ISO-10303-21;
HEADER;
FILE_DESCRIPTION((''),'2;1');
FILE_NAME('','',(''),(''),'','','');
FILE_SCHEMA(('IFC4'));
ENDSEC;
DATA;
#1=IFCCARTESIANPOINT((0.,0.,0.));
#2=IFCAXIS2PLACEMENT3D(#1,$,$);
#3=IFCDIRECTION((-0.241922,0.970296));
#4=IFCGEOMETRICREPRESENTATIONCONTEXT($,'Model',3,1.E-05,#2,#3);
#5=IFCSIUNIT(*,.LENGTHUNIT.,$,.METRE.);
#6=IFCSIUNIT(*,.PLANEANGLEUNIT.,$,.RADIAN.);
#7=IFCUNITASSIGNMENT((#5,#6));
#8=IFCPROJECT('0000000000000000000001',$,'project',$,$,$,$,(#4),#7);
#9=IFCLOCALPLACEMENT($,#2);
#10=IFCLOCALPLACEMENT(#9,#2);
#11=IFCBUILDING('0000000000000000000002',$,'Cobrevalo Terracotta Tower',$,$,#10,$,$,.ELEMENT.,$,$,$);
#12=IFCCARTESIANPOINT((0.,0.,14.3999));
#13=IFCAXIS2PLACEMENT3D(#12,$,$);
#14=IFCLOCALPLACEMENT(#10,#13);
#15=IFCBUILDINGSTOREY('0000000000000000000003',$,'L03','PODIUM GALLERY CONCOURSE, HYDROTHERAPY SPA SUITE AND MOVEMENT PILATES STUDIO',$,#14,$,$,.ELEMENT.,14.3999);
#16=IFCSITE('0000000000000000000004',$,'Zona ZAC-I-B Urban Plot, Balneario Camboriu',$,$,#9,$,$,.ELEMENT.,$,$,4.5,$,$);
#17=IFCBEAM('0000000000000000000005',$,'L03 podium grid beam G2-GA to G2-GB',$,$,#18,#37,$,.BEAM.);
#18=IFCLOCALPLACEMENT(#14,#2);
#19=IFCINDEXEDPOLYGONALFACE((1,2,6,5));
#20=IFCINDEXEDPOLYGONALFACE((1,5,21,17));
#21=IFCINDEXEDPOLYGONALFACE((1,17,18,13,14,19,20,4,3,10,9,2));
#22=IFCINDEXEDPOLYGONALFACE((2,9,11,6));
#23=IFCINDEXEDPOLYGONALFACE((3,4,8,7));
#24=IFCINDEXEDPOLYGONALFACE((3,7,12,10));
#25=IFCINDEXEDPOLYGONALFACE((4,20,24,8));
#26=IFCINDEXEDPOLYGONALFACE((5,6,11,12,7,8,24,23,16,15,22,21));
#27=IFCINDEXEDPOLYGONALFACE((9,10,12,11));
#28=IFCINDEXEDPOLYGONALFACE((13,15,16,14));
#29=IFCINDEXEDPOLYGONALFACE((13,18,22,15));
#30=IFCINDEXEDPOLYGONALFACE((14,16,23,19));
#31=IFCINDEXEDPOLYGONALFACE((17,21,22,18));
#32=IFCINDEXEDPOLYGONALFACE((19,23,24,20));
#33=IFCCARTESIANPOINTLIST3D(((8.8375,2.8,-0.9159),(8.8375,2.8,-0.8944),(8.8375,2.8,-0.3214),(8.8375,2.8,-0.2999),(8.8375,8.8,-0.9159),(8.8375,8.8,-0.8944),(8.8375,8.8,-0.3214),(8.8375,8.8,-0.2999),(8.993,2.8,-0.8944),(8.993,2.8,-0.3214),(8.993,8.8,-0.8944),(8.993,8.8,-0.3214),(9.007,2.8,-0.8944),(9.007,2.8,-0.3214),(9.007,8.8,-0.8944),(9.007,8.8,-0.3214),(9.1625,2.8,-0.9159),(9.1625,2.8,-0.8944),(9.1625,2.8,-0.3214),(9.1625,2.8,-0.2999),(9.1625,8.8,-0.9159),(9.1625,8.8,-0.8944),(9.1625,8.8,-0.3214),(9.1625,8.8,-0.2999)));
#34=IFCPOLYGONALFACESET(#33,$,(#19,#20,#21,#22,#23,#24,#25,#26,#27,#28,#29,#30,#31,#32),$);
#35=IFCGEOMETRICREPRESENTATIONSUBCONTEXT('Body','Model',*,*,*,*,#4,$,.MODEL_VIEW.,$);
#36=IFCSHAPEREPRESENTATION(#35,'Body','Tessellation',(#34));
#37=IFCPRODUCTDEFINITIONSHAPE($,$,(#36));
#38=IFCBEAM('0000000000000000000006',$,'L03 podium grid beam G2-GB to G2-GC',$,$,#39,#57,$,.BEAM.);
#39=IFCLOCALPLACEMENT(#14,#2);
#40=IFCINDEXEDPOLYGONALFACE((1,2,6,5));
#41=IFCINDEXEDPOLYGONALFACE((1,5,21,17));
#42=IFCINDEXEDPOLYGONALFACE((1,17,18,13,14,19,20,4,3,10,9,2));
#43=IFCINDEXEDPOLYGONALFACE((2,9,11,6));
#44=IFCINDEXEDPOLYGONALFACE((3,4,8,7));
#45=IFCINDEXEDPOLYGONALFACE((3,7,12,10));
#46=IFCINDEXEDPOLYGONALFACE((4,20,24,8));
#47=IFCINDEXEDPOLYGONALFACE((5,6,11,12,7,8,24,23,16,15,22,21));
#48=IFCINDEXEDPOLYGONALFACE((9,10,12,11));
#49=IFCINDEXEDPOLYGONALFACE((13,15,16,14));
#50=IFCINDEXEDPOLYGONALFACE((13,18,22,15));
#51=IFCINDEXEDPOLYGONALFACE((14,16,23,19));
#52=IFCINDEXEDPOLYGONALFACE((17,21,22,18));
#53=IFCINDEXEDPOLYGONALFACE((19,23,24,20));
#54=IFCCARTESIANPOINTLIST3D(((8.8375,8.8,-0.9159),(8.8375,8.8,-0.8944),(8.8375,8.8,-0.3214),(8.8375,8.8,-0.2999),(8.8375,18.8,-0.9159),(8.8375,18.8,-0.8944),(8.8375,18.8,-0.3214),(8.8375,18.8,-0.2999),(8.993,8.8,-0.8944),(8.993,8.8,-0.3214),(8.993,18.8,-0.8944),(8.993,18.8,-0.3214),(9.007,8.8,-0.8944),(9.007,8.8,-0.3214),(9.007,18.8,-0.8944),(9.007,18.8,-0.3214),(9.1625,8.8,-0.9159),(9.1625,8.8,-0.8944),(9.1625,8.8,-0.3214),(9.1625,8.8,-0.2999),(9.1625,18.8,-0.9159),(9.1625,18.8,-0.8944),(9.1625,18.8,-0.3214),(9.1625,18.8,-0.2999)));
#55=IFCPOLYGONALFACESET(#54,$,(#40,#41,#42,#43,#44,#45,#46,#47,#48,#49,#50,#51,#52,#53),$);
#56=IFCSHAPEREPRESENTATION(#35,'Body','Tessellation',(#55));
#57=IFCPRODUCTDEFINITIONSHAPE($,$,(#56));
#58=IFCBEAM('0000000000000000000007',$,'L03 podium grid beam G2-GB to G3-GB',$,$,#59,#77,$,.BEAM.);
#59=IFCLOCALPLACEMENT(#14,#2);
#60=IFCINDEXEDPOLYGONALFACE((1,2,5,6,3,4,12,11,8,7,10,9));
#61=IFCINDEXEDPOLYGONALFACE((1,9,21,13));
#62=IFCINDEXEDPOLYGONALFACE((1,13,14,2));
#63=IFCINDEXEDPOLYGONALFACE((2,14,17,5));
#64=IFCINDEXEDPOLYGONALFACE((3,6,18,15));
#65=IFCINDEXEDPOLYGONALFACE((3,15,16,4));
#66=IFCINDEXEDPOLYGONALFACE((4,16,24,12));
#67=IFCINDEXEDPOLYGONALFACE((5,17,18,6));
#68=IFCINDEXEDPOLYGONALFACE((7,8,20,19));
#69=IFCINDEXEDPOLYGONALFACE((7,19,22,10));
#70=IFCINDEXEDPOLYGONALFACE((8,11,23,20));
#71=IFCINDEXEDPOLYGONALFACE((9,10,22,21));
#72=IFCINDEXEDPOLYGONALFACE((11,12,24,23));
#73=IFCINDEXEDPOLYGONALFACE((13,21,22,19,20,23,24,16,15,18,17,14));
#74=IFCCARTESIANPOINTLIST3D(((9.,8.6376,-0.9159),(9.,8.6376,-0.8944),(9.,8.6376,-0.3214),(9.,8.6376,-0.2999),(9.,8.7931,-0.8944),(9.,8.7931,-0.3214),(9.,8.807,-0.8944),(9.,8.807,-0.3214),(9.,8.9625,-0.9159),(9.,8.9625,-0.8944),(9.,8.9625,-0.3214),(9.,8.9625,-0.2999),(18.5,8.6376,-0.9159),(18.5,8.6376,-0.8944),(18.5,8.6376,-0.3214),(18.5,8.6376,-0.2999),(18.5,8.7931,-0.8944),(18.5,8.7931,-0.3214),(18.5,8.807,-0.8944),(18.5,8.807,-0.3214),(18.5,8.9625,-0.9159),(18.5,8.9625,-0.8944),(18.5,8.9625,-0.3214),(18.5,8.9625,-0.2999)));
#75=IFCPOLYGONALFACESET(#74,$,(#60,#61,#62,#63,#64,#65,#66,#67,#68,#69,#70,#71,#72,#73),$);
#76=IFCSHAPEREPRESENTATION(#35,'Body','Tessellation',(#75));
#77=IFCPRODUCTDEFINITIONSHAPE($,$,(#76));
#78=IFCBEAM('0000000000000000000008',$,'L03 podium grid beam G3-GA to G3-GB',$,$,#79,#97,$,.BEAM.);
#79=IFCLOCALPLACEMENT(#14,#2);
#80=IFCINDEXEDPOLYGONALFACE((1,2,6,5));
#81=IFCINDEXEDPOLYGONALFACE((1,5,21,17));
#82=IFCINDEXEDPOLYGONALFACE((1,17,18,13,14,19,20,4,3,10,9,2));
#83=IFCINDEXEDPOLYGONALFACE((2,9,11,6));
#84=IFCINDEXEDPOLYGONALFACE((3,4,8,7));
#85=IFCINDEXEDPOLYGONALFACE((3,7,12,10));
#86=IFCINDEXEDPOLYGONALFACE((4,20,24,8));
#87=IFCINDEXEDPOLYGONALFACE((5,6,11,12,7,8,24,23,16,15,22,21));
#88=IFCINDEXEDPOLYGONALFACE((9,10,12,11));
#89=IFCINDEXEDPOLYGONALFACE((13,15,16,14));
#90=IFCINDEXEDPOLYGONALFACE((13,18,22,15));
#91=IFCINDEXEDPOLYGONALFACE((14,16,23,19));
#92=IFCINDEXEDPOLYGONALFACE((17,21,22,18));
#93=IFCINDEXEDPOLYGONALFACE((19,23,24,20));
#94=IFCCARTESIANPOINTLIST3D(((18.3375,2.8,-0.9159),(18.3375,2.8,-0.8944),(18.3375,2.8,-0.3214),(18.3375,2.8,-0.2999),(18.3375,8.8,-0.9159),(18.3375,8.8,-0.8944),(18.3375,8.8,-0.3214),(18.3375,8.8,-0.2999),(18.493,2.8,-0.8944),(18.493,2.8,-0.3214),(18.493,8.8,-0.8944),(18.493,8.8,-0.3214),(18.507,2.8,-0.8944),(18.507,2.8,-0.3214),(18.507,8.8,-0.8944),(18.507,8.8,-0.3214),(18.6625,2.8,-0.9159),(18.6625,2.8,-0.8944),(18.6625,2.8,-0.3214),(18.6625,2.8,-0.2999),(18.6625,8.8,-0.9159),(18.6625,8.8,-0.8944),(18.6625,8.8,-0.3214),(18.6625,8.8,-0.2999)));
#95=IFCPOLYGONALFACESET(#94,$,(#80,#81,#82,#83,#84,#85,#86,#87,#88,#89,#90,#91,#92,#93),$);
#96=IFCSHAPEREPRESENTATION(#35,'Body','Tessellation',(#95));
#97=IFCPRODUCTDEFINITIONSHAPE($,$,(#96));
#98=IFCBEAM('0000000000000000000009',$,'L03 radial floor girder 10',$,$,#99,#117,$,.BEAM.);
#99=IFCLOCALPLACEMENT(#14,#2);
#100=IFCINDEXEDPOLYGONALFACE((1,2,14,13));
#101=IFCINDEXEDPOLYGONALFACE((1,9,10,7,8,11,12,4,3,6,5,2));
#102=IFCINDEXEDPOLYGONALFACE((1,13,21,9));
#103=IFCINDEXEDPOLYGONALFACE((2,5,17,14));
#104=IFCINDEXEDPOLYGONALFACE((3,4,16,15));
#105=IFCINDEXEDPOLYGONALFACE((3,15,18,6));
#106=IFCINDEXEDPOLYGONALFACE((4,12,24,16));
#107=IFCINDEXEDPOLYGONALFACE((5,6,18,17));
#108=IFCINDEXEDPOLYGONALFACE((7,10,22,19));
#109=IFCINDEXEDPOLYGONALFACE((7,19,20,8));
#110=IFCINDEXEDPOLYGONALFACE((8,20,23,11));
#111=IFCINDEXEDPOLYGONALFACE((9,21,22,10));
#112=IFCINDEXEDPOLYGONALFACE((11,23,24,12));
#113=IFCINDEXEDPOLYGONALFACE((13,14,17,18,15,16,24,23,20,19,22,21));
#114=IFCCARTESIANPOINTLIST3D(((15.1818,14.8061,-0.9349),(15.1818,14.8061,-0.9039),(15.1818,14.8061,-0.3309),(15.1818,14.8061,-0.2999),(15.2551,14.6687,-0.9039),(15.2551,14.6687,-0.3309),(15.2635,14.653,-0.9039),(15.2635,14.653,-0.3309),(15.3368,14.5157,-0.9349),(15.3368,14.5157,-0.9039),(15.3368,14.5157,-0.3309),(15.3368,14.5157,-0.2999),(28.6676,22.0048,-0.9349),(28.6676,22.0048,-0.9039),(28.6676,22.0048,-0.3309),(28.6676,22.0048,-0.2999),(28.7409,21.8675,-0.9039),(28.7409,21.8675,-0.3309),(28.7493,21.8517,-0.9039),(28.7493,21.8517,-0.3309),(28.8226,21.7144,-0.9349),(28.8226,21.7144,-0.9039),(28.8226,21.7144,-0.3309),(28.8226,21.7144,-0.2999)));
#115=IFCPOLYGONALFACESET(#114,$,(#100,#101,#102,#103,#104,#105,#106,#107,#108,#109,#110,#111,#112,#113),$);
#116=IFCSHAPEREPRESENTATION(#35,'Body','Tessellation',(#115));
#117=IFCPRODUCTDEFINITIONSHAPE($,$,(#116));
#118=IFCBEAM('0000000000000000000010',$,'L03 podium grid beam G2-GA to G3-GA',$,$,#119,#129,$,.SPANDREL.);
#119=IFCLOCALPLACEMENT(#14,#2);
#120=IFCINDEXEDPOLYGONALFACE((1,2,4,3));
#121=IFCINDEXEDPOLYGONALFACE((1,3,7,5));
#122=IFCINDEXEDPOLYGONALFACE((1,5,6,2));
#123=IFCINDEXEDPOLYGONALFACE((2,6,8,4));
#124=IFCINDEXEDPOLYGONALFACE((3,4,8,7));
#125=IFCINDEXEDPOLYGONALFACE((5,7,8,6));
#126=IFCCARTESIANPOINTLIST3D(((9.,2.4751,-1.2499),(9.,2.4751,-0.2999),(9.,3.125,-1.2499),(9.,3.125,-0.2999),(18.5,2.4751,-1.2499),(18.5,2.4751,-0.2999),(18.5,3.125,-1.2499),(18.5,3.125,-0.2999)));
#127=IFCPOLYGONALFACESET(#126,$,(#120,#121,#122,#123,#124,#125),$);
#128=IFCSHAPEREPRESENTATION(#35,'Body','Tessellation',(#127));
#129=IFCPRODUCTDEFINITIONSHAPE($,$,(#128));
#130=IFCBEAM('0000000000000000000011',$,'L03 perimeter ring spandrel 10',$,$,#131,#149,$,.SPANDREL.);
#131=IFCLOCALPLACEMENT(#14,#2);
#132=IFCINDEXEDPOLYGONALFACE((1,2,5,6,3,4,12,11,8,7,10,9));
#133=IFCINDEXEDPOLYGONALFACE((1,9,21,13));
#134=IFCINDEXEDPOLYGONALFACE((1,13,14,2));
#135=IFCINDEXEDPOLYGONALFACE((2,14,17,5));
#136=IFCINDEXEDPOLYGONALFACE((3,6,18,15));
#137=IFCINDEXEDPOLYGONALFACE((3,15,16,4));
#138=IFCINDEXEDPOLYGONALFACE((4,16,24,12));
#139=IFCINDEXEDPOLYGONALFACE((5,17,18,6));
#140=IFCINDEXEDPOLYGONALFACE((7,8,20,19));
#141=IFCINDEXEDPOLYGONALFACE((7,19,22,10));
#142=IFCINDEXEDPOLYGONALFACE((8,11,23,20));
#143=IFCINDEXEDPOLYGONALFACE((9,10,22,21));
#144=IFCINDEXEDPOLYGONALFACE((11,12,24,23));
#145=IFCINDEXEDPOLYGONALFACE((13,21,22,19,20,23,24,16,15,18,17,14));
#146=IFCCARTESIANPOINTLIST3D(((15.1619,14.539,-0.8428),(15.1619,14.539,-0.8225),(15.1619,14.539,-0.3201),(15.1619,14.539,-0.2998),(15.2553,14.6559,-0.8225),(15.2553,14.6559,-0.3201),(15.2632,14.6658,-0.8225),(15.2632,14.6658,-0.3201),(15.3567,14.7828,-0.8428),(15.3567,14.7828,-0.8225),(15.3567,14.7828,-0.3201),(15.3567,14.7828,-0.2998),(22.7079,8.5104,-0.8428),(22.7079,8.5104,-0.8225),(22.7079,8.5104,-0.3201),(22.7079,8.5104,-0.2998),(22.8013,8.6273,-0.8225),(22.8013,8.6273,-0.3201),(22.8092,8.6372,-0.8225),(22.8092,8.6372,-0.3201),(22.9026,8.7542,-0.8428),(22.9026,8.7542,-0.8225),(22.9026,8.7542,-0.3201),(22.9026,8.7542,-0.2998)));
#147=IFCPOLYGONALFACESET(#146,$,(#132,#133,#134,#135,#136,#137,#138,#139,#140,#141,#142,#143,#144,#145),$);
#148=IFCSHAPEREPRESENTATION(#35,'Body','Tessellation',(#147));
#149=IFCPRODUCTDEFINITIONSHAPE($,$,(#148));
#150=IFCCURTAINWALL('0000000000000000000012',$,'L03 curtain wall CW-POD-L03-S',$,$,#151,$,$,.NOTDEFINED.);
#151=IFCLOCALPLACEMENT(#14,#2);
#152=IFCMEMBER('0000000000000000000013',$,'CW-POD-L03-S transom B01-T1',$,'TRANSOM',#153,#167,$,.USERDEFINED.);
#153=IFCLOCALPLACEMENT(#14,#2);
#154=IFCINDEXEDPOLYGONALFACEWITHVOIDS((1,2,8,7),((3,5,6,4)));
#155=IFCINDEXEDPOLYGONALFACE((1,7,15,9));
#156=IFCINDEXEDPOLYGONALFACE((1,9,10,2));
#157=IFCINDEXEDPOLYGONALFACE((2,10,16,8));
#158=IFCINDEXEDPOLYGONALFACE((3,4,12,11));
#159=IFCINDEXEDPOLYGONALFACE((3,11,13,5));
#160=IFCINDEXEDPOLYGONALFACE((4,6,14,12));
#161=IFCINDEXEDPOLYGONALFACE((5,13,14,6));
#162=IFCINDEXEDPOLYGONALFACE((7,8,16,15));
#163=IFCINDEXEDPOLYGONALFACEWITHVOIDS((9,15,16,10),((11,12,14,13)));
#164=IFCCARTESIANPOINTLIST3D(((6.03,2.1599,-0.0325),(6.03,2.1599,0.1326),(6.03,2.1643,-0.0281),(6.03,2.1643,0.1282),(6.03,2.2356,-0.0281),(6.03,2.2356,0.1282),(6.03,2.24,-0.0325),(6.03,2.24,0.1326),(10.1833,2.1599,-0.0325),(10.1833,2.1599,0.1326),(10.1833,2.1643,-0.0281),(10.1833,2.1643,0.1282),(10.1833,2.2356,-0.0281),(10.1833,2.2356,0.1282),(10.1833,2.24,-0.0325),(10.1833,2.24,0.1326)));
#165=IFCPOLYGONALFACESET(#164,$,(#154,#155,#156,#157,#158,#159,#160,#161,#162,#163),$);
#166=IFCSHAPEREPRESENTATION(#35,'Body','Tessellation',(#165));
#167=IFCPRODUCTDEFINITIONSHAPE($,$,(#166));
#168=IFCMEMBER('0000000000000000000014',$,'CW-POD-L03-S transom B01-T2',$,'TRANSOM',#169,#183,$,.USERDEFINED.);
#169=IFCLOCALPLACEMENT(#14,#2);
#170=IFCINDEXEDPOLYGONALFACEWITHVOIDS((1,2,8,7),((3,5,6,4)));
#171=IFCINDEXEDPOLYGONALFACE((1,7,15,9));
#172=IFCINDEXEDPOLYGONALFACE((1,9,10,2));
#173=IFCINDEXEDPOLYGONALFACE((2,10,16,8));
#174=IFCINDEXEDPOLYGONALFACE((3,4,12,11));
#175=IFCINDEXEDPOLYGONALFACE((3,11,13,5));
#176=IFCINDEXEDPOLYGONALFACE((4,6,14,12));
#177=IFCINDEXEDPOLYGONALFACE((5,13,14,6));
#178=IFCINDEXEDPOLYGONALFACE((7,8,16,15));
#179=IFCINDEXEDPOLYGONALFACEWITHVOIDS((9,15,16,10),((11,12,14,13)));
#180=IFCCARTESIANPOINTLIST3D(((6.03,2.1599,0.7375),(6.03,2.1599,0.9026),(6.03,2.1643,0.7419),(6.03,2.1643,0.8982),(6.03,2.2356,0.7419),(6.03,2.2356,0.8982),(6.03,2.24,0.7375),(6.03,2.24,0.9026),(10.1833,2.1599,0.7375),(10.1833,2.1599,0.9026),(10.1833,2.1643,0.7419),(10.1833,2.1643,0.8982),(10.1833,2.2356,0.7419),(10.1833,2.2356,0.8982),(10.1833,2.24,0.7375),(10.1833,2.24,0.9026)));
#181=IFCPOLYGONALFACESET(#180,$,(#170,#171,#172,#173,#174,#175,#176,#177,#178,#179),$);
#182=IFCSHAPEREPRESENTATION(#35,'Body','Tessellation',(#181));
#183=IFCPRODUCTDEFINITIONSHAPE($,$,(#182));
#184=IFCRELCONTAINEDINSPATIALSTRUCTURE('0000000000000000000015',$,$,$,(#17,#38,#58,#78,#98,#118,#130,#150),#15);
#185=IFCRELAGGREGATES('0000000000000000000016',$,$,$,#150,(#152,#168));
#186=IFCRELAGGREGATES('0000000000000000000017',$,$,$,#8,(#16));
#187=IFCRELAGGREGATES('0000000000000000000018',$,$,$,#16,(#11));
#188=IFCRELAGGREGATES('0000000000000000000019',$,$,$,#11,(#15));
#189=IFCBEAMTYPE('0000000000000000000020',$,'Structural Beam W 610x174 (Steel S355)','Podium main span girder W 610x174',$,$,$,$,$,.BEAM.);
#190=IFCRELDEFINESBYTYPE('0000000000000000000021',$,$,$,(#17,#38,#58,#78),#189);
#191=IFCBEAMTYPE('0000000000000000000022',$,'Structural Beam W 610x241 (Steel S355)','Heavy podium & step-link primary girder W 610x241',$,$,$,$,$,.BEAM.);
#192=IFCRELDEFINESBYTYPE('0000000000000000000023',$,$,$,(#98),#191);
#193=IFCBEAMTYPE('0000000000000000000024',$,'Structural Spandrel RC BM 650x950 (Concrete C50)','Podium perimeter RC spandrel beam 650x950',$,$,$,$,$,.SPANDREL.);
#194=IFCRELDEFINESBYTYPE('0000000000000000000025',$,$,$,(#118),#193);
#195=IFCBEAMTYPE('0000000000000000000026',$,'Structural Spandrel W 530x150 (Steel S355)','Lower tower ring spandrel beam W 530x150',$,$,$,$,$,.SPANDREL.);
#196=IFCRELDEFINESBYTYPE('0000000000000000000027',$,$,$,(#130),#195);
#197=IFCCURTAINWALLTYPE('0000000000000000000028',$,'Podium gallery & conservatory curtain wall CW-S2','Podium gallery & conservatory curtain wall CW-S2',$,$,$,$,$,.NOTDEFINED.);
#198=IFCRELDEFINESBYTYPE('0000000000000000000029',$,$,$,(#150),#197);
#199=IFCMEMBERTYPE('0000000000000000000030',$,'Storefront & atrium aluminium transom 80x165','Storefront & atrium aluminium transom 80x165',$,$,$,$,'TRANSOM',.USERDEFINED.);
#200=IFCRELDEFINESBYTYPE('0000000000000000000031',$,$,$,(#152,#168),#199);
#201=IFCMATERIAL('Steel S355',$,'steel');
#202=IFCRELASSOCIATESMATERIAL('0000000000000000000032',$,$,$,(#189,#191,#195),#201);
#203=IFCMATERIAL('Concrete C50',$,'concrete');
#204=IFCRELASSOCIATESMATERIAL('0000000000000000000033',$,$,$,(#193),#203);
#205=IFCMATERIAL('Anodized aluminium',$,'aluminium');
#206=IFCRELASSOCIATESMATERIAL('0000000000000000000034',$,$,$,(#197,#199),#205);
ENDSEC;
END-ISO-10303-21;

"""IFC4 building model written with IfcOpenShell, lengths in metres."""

from ifc_helpers import new_model, si_unit, direction, frame, origin, origin_2d, place, context, subcontext, project, spatial, rectangle, hollow_rectangle, i_section, extrude, source, transform, mapped, material, material_profile, profile_set, type_object, element, aggregate, save


model = new_model("IFC4")

# Units and contexts
model_context = context("Model", 3, precision=1e-05, world=origin(), true_north=direction((-0.241922, 0.970296)))
body_context = subcontext(model_context, "Body", "Model", "MODEL_VIEW")
ifc_project = project(units=[si_unit("LENGTHUNIT", "METRE"), si_unit("PLANEANGLEUNIT", "RADIAN")], contexts=[model_context])

# Site, building, storey
site_placement = place(None, origin())
site = spatial("IfcSite", under=ifc_project, at=site_placement, Name="Zona ZAC-I-B Urban Plot, Balneario Camboriu", CompositionType="ELEMENT", RefElevation=4.5)
building_placement = place(site_placement, origin())
building = spatial("IfcBuilding", under=site, at=building_placement, Name="Cobrevalo Terracotta Tower", CompositionType="ELEMENT")
storey_placement = place(building_placement, frame((0.0, 0.0, 14.3999)))
storey = spatial("IfcBuildingStorey", under=building, at=storey_placement, Name="L03", Description="PODIUM GALLERY CONCOURSE, HYDROTHERAPY SPA SUITE AND MOVEMENT PILATES STUDIO", CompositionType="ELEMENT", Elevation=14.3999)

# Shared definitions
ifc_material_1 = material(Name="Steel S355", Category="steel")
ifc_material_2 = material(Name="Concrete C50", Category="concrete")

# Beams
ifc_material_profile_1 = material_profile(ifc_material_1, i_section(OverallWidth=0.325, OverallDepth=0.616, WebThickness=0.0139, FlangeThickness=0.0215, at=origin_2d()), Name="W 610x174")
ifc_profile_set_1 = profile_set([ifc_material_profile_1], Name="Steel S355")
beam_type_1 = type_object("IfcBeamType", Name="Structural Beam W 610x174 (Steel S355)", Description="Podium main span girder W 610x174", PredefinedType="BEAM", material=ifc_profile_set_1)
beam_1_placement = place(storey_placement, frame((9.0, 2.8, -0.6079), z_axis=(0.0, 1.0, 0.0), x_axis=(-1.0, 0.0, 0.0)))
element("IfcBeam", 1, at=beam_1_placement, inside=storey, type_object=beam_type_1, Name="L03 podium grid beam G2-GA to G2-GB", PredefinedType="BEAM", context=body_context, shape_type="SweptSolid", body=[
    extrude(i_section(OverallWidth=0.325, OverallDepth=0.616, WebThickness=0.0139, FlangeThickness=0.0215, at=origin_2d()), origin(), (0.0, 0.0, 1.0), 6.0),
])
beam_2_placement = place(storey_placement, frame((9.0, 8.8, -0.6079), z_axis=(0.0, 1.0, 0.0), x_axis=(-1.0, 0.0, 0.0)))
element("IfcBeam", 2, at=beam_2_placement, inside=storey, type_object=beam_type_1, Name="L03 podium grid beam G2-GB to G2-GC", PredefinedType="BEAM", context=body_context, shape_type="SweptSolid", body=[
    extrude(i_section(OverallWidth=0.325, OverallDepth=0.616, WebThickness=0.0139, FlangeThickness=0.0215, at=origin_2d()), origin(), (0.0, 0.0, 1.0), 10.0),
])
beam_3_placement = place(storey_placement, frame((9.0, 8.8, -0.6079), z_axis=(1.0, 0.0, 0.0), x_axis=(0.0, 1.0, 0.0)))
element("IfcBeam", 3, at=beam_3_placement, inside=storey, type_object=beam_type_1, Name="L03 podium grid beam G2-GB to G3-GB", PredefinedType="BEAM", context=body_context, shape_type="SweptSolid", body=[
    extrude(i_section(OverallWidth=0.325, OverallDepth=0.616, WebThickness=0.0139, FlangeThickness=0.0215, at=origin_2d()), origin(), (0.0, 0.0, 1.0), 9.5),
])
beam_4_placement = place(storey_placement, frame((18.5, 2.8, -0.6079), z_axis=(0.0, 1.0, 0.0), x_axis=(-1.0, 0.0, 0.0)))
element("IfcBeam", 4, at=beam_4_placement, inside=storey, type_object=beam_type_1, Name="L03 podium grid beam G3-GA to G3-GB", PredefinedType="BEAM", context=body_context, shape_type="SweptSolid", body=[
    extrude(i_section(OverallWidth=0.325, OverallDepth=0.616, WebThickness=0.0139, FlangeThickness=0.0215, at=origin_2d()), origin(), (0.0, 0.0, 1.0), 6.0),
])
ifc_material_profile_2 = material_profile(ifc_material_1, i_section(OverallWidth=0.3291, OverallDepth=0.635, WebThickness=0.0178, FlangeThickness=0.031, at=origin_2d()), Name="W 610x241")
ifc_profile_set_2 = profile_set([ifc_material_profile_2], Name="Steel S355")
beam_type_2 = type_object("IfcBeamType", Name="Structural Beam W 610x241 (Steel S355)", Description="Heavy podium & step-link primary girder W 610x241", PredefinedType="BEAM", material=ifc_profile_set_2)
beam_5_placement = place(storey_placement, frame((15.2593, 14.6609, -0.6174), z_axis=(0.882182, 0.470908, 0.0), x_axis=(-0.470908, 0.882182, 0.0)))
element("IfcBeam", 5, at=beam_5_placement, inside=storey, type_object=beam_type_2, Name="L03 radial floor girder 10", PredefinedType="BEAM", context=body_context, shape_type="SweptSolid", body=[
    extrude(i_section(OverallWidth=0.3291, OverallDepth=0.635, WebThickness=0.0178, FlangeThickness=0.031, at=origin_2d()), origin(), (0.0, 0.0, 1.0), 15.2869),
])
ifc_material_profile_3 = material_profile(ifc_material_2, rectangle(XDim=0.6499, YDim=0.95, at=origin_2d()), Name="RC BM 650x950")
ifc_profile_set_3 = profile_set([ifc_material_profile_3], Name="Concrete C50")
beam_type_3 = type_object("IfcBeamType", Name="Structural Spandrel RC BM 650x950 (Concrete C50)", Description="Podium perimeter RC spandrel beam 650x950", PredefinedType="SPANDREL", material=ifc_profile_set_3)
beam_6_placement = place(storey_placement, frame((9.0, 2.8, -0.7749), z_axis=(1.0, 0.0, 0.0), x_axis=(0.0, 1.0, 0.0)))
element("IfcBeam", 6, at=beam_6_placement, inside=storey, type_object=beam_type_3, Name="L03 podium grid beam G2-GA to G3-GA", PredefinedType="SPANDREL", context=body_context, shape_type="SweptSolid", body=[
    extrude(rectangle(XDim=0.6499, YDim=0.95, at=origin_2d()), origin(), (0.0, 0.0, 1.0), 9.5),
])
ifc_material_profile_4 = material_profile(ifc_material_1, i_section(OverallWidth=0.312, OverallDepth=0.543, WebThickness=0.0127, FlangeThickness=0.0203, at=origin_2d()), Name="W 530x150")
ifc_profile_set_4 = profile_set([ifc_material_profile_4], Name="Steel S355")
beam_type_4 = type_object("IfcBeamType", Name="Structural Spandrel W 530x150 (Steel S355)", Description="Lower tower ring spandrel beam W 530x150", PredefinedType="SPANDREL", material=ifc_profile_set_4)
beam_7_placement = place(storey_placement, frame((15.2593, 14.6609, -0.5713), z_axis=(0.78128, -0.62418, 0.0), x_axis=(0.62418, 0.78128, 0.0)))
element("IfcBeam", 7, at=beam_7_placement, inside=storey, type_object=beam_type_4, Name="L03 perimeter ring spandrel 10", PredefinedType="SPANDREL", context=body_context, shape_type="SweptSolid", body=[
    extrude(i_section(OverallWidth=0.312, OverallDepth=0.543, WebThickness=0.0127, FlangeThickness=0.0203, at=origin_2d()), origin(), (0.0, 0.0, 1.0), 9.6584),
])

# Curtain wall, members
ifc_material_3 = material(Name="Anodized aluminium", Category="aluminium")
curtain_wall_type = type_object("IfcCurtainWallType", Name="Podium gallery & conservatory curtain wall CW-S2", Description="Podium gallery & conservatory curtain wall CW-S2", PredefinedType="NOTDEFINED", material=ifc_material_3)
curtain_wall_placement = place(storey_placement, origin())
curtain_wall = element("IfcCurtainWall", 8, at=curtain_wall_placement, inside=storey, type_object=curtain_wall_type, Name="L03 curtain wall CW-POD-L03-S", PredefinedType="NOTDEFINED")
ifc_material_profile_5 = material_profile(ifc_material_3, hollow_rectangle(XDim=0.0801, YDim=0.165, WallThickness=0.0044, at=origin_2d()), Name="CWT 80x165")
ifc_profile_set_5 = profile_set([ifc_material_profile_5], Name="Anodized aluminium")
member_type_1 = type_object("IfcMemberType", Name="Storefront & atrium aluminium transom 80x165", Description="Storefront & atrium aluminium transom 80x165", ElementType="TRANSOM", PredefinedType="USERDEFINED", material=ifc_profile_set_5)
shared_shape_1 = source(origin(), body_context, "Body", "SweptSolid", [
    extrude(hollow_rectangle(XDim=0.0801, YDim=0.165, WallThickness=0.0044, at=origin_2d()), origin(), (0.0, 0.0, 1.0), 4.1533),
])
member_1_placement = place(storey_placement, frame((6.03, 2.2, 0.05), z_axis=(1.0, 0.0, 0.0), x_axis=(0.0, 1.0, 0.0)))
member_1 = element("IfcMember", 9, at=member_1_placement, type_object=member_type_1, Name="CW-POD-L03-S transom B01-T1", ObjectType="TRANSOM", PredefinedType="USERDEFINED", context=body_context, shape_type="MappedRepresentation", body=[
    mapped(shared_shape_1, transform((0.0, 0.0, 0.0), scale=1.0)),
])
member_2_placement = place(storey_placement, frame((6.03, 2.2, 0.8201), z_axis=(1.0, 0.0, 0.0), x_axis=(0.0, 1.0, 0.0)))
member_2 = element("IfcMember", 10, at=member_2_placement, type_object=member_type_1, Name="CW-POD-L03-S transom B01-T2", ObjectType="TRANSOM", PredefinedType="USERDEFINED", context=body_context, shape_type="MappedRepresentation", body=[
    mapped(shared_shape_1, transform((0.0, 0.0, 0.0), scale=1.0)),
])
aggregate(curtain_wall, [member_1, member_2])

save(model, "model.ifc")
